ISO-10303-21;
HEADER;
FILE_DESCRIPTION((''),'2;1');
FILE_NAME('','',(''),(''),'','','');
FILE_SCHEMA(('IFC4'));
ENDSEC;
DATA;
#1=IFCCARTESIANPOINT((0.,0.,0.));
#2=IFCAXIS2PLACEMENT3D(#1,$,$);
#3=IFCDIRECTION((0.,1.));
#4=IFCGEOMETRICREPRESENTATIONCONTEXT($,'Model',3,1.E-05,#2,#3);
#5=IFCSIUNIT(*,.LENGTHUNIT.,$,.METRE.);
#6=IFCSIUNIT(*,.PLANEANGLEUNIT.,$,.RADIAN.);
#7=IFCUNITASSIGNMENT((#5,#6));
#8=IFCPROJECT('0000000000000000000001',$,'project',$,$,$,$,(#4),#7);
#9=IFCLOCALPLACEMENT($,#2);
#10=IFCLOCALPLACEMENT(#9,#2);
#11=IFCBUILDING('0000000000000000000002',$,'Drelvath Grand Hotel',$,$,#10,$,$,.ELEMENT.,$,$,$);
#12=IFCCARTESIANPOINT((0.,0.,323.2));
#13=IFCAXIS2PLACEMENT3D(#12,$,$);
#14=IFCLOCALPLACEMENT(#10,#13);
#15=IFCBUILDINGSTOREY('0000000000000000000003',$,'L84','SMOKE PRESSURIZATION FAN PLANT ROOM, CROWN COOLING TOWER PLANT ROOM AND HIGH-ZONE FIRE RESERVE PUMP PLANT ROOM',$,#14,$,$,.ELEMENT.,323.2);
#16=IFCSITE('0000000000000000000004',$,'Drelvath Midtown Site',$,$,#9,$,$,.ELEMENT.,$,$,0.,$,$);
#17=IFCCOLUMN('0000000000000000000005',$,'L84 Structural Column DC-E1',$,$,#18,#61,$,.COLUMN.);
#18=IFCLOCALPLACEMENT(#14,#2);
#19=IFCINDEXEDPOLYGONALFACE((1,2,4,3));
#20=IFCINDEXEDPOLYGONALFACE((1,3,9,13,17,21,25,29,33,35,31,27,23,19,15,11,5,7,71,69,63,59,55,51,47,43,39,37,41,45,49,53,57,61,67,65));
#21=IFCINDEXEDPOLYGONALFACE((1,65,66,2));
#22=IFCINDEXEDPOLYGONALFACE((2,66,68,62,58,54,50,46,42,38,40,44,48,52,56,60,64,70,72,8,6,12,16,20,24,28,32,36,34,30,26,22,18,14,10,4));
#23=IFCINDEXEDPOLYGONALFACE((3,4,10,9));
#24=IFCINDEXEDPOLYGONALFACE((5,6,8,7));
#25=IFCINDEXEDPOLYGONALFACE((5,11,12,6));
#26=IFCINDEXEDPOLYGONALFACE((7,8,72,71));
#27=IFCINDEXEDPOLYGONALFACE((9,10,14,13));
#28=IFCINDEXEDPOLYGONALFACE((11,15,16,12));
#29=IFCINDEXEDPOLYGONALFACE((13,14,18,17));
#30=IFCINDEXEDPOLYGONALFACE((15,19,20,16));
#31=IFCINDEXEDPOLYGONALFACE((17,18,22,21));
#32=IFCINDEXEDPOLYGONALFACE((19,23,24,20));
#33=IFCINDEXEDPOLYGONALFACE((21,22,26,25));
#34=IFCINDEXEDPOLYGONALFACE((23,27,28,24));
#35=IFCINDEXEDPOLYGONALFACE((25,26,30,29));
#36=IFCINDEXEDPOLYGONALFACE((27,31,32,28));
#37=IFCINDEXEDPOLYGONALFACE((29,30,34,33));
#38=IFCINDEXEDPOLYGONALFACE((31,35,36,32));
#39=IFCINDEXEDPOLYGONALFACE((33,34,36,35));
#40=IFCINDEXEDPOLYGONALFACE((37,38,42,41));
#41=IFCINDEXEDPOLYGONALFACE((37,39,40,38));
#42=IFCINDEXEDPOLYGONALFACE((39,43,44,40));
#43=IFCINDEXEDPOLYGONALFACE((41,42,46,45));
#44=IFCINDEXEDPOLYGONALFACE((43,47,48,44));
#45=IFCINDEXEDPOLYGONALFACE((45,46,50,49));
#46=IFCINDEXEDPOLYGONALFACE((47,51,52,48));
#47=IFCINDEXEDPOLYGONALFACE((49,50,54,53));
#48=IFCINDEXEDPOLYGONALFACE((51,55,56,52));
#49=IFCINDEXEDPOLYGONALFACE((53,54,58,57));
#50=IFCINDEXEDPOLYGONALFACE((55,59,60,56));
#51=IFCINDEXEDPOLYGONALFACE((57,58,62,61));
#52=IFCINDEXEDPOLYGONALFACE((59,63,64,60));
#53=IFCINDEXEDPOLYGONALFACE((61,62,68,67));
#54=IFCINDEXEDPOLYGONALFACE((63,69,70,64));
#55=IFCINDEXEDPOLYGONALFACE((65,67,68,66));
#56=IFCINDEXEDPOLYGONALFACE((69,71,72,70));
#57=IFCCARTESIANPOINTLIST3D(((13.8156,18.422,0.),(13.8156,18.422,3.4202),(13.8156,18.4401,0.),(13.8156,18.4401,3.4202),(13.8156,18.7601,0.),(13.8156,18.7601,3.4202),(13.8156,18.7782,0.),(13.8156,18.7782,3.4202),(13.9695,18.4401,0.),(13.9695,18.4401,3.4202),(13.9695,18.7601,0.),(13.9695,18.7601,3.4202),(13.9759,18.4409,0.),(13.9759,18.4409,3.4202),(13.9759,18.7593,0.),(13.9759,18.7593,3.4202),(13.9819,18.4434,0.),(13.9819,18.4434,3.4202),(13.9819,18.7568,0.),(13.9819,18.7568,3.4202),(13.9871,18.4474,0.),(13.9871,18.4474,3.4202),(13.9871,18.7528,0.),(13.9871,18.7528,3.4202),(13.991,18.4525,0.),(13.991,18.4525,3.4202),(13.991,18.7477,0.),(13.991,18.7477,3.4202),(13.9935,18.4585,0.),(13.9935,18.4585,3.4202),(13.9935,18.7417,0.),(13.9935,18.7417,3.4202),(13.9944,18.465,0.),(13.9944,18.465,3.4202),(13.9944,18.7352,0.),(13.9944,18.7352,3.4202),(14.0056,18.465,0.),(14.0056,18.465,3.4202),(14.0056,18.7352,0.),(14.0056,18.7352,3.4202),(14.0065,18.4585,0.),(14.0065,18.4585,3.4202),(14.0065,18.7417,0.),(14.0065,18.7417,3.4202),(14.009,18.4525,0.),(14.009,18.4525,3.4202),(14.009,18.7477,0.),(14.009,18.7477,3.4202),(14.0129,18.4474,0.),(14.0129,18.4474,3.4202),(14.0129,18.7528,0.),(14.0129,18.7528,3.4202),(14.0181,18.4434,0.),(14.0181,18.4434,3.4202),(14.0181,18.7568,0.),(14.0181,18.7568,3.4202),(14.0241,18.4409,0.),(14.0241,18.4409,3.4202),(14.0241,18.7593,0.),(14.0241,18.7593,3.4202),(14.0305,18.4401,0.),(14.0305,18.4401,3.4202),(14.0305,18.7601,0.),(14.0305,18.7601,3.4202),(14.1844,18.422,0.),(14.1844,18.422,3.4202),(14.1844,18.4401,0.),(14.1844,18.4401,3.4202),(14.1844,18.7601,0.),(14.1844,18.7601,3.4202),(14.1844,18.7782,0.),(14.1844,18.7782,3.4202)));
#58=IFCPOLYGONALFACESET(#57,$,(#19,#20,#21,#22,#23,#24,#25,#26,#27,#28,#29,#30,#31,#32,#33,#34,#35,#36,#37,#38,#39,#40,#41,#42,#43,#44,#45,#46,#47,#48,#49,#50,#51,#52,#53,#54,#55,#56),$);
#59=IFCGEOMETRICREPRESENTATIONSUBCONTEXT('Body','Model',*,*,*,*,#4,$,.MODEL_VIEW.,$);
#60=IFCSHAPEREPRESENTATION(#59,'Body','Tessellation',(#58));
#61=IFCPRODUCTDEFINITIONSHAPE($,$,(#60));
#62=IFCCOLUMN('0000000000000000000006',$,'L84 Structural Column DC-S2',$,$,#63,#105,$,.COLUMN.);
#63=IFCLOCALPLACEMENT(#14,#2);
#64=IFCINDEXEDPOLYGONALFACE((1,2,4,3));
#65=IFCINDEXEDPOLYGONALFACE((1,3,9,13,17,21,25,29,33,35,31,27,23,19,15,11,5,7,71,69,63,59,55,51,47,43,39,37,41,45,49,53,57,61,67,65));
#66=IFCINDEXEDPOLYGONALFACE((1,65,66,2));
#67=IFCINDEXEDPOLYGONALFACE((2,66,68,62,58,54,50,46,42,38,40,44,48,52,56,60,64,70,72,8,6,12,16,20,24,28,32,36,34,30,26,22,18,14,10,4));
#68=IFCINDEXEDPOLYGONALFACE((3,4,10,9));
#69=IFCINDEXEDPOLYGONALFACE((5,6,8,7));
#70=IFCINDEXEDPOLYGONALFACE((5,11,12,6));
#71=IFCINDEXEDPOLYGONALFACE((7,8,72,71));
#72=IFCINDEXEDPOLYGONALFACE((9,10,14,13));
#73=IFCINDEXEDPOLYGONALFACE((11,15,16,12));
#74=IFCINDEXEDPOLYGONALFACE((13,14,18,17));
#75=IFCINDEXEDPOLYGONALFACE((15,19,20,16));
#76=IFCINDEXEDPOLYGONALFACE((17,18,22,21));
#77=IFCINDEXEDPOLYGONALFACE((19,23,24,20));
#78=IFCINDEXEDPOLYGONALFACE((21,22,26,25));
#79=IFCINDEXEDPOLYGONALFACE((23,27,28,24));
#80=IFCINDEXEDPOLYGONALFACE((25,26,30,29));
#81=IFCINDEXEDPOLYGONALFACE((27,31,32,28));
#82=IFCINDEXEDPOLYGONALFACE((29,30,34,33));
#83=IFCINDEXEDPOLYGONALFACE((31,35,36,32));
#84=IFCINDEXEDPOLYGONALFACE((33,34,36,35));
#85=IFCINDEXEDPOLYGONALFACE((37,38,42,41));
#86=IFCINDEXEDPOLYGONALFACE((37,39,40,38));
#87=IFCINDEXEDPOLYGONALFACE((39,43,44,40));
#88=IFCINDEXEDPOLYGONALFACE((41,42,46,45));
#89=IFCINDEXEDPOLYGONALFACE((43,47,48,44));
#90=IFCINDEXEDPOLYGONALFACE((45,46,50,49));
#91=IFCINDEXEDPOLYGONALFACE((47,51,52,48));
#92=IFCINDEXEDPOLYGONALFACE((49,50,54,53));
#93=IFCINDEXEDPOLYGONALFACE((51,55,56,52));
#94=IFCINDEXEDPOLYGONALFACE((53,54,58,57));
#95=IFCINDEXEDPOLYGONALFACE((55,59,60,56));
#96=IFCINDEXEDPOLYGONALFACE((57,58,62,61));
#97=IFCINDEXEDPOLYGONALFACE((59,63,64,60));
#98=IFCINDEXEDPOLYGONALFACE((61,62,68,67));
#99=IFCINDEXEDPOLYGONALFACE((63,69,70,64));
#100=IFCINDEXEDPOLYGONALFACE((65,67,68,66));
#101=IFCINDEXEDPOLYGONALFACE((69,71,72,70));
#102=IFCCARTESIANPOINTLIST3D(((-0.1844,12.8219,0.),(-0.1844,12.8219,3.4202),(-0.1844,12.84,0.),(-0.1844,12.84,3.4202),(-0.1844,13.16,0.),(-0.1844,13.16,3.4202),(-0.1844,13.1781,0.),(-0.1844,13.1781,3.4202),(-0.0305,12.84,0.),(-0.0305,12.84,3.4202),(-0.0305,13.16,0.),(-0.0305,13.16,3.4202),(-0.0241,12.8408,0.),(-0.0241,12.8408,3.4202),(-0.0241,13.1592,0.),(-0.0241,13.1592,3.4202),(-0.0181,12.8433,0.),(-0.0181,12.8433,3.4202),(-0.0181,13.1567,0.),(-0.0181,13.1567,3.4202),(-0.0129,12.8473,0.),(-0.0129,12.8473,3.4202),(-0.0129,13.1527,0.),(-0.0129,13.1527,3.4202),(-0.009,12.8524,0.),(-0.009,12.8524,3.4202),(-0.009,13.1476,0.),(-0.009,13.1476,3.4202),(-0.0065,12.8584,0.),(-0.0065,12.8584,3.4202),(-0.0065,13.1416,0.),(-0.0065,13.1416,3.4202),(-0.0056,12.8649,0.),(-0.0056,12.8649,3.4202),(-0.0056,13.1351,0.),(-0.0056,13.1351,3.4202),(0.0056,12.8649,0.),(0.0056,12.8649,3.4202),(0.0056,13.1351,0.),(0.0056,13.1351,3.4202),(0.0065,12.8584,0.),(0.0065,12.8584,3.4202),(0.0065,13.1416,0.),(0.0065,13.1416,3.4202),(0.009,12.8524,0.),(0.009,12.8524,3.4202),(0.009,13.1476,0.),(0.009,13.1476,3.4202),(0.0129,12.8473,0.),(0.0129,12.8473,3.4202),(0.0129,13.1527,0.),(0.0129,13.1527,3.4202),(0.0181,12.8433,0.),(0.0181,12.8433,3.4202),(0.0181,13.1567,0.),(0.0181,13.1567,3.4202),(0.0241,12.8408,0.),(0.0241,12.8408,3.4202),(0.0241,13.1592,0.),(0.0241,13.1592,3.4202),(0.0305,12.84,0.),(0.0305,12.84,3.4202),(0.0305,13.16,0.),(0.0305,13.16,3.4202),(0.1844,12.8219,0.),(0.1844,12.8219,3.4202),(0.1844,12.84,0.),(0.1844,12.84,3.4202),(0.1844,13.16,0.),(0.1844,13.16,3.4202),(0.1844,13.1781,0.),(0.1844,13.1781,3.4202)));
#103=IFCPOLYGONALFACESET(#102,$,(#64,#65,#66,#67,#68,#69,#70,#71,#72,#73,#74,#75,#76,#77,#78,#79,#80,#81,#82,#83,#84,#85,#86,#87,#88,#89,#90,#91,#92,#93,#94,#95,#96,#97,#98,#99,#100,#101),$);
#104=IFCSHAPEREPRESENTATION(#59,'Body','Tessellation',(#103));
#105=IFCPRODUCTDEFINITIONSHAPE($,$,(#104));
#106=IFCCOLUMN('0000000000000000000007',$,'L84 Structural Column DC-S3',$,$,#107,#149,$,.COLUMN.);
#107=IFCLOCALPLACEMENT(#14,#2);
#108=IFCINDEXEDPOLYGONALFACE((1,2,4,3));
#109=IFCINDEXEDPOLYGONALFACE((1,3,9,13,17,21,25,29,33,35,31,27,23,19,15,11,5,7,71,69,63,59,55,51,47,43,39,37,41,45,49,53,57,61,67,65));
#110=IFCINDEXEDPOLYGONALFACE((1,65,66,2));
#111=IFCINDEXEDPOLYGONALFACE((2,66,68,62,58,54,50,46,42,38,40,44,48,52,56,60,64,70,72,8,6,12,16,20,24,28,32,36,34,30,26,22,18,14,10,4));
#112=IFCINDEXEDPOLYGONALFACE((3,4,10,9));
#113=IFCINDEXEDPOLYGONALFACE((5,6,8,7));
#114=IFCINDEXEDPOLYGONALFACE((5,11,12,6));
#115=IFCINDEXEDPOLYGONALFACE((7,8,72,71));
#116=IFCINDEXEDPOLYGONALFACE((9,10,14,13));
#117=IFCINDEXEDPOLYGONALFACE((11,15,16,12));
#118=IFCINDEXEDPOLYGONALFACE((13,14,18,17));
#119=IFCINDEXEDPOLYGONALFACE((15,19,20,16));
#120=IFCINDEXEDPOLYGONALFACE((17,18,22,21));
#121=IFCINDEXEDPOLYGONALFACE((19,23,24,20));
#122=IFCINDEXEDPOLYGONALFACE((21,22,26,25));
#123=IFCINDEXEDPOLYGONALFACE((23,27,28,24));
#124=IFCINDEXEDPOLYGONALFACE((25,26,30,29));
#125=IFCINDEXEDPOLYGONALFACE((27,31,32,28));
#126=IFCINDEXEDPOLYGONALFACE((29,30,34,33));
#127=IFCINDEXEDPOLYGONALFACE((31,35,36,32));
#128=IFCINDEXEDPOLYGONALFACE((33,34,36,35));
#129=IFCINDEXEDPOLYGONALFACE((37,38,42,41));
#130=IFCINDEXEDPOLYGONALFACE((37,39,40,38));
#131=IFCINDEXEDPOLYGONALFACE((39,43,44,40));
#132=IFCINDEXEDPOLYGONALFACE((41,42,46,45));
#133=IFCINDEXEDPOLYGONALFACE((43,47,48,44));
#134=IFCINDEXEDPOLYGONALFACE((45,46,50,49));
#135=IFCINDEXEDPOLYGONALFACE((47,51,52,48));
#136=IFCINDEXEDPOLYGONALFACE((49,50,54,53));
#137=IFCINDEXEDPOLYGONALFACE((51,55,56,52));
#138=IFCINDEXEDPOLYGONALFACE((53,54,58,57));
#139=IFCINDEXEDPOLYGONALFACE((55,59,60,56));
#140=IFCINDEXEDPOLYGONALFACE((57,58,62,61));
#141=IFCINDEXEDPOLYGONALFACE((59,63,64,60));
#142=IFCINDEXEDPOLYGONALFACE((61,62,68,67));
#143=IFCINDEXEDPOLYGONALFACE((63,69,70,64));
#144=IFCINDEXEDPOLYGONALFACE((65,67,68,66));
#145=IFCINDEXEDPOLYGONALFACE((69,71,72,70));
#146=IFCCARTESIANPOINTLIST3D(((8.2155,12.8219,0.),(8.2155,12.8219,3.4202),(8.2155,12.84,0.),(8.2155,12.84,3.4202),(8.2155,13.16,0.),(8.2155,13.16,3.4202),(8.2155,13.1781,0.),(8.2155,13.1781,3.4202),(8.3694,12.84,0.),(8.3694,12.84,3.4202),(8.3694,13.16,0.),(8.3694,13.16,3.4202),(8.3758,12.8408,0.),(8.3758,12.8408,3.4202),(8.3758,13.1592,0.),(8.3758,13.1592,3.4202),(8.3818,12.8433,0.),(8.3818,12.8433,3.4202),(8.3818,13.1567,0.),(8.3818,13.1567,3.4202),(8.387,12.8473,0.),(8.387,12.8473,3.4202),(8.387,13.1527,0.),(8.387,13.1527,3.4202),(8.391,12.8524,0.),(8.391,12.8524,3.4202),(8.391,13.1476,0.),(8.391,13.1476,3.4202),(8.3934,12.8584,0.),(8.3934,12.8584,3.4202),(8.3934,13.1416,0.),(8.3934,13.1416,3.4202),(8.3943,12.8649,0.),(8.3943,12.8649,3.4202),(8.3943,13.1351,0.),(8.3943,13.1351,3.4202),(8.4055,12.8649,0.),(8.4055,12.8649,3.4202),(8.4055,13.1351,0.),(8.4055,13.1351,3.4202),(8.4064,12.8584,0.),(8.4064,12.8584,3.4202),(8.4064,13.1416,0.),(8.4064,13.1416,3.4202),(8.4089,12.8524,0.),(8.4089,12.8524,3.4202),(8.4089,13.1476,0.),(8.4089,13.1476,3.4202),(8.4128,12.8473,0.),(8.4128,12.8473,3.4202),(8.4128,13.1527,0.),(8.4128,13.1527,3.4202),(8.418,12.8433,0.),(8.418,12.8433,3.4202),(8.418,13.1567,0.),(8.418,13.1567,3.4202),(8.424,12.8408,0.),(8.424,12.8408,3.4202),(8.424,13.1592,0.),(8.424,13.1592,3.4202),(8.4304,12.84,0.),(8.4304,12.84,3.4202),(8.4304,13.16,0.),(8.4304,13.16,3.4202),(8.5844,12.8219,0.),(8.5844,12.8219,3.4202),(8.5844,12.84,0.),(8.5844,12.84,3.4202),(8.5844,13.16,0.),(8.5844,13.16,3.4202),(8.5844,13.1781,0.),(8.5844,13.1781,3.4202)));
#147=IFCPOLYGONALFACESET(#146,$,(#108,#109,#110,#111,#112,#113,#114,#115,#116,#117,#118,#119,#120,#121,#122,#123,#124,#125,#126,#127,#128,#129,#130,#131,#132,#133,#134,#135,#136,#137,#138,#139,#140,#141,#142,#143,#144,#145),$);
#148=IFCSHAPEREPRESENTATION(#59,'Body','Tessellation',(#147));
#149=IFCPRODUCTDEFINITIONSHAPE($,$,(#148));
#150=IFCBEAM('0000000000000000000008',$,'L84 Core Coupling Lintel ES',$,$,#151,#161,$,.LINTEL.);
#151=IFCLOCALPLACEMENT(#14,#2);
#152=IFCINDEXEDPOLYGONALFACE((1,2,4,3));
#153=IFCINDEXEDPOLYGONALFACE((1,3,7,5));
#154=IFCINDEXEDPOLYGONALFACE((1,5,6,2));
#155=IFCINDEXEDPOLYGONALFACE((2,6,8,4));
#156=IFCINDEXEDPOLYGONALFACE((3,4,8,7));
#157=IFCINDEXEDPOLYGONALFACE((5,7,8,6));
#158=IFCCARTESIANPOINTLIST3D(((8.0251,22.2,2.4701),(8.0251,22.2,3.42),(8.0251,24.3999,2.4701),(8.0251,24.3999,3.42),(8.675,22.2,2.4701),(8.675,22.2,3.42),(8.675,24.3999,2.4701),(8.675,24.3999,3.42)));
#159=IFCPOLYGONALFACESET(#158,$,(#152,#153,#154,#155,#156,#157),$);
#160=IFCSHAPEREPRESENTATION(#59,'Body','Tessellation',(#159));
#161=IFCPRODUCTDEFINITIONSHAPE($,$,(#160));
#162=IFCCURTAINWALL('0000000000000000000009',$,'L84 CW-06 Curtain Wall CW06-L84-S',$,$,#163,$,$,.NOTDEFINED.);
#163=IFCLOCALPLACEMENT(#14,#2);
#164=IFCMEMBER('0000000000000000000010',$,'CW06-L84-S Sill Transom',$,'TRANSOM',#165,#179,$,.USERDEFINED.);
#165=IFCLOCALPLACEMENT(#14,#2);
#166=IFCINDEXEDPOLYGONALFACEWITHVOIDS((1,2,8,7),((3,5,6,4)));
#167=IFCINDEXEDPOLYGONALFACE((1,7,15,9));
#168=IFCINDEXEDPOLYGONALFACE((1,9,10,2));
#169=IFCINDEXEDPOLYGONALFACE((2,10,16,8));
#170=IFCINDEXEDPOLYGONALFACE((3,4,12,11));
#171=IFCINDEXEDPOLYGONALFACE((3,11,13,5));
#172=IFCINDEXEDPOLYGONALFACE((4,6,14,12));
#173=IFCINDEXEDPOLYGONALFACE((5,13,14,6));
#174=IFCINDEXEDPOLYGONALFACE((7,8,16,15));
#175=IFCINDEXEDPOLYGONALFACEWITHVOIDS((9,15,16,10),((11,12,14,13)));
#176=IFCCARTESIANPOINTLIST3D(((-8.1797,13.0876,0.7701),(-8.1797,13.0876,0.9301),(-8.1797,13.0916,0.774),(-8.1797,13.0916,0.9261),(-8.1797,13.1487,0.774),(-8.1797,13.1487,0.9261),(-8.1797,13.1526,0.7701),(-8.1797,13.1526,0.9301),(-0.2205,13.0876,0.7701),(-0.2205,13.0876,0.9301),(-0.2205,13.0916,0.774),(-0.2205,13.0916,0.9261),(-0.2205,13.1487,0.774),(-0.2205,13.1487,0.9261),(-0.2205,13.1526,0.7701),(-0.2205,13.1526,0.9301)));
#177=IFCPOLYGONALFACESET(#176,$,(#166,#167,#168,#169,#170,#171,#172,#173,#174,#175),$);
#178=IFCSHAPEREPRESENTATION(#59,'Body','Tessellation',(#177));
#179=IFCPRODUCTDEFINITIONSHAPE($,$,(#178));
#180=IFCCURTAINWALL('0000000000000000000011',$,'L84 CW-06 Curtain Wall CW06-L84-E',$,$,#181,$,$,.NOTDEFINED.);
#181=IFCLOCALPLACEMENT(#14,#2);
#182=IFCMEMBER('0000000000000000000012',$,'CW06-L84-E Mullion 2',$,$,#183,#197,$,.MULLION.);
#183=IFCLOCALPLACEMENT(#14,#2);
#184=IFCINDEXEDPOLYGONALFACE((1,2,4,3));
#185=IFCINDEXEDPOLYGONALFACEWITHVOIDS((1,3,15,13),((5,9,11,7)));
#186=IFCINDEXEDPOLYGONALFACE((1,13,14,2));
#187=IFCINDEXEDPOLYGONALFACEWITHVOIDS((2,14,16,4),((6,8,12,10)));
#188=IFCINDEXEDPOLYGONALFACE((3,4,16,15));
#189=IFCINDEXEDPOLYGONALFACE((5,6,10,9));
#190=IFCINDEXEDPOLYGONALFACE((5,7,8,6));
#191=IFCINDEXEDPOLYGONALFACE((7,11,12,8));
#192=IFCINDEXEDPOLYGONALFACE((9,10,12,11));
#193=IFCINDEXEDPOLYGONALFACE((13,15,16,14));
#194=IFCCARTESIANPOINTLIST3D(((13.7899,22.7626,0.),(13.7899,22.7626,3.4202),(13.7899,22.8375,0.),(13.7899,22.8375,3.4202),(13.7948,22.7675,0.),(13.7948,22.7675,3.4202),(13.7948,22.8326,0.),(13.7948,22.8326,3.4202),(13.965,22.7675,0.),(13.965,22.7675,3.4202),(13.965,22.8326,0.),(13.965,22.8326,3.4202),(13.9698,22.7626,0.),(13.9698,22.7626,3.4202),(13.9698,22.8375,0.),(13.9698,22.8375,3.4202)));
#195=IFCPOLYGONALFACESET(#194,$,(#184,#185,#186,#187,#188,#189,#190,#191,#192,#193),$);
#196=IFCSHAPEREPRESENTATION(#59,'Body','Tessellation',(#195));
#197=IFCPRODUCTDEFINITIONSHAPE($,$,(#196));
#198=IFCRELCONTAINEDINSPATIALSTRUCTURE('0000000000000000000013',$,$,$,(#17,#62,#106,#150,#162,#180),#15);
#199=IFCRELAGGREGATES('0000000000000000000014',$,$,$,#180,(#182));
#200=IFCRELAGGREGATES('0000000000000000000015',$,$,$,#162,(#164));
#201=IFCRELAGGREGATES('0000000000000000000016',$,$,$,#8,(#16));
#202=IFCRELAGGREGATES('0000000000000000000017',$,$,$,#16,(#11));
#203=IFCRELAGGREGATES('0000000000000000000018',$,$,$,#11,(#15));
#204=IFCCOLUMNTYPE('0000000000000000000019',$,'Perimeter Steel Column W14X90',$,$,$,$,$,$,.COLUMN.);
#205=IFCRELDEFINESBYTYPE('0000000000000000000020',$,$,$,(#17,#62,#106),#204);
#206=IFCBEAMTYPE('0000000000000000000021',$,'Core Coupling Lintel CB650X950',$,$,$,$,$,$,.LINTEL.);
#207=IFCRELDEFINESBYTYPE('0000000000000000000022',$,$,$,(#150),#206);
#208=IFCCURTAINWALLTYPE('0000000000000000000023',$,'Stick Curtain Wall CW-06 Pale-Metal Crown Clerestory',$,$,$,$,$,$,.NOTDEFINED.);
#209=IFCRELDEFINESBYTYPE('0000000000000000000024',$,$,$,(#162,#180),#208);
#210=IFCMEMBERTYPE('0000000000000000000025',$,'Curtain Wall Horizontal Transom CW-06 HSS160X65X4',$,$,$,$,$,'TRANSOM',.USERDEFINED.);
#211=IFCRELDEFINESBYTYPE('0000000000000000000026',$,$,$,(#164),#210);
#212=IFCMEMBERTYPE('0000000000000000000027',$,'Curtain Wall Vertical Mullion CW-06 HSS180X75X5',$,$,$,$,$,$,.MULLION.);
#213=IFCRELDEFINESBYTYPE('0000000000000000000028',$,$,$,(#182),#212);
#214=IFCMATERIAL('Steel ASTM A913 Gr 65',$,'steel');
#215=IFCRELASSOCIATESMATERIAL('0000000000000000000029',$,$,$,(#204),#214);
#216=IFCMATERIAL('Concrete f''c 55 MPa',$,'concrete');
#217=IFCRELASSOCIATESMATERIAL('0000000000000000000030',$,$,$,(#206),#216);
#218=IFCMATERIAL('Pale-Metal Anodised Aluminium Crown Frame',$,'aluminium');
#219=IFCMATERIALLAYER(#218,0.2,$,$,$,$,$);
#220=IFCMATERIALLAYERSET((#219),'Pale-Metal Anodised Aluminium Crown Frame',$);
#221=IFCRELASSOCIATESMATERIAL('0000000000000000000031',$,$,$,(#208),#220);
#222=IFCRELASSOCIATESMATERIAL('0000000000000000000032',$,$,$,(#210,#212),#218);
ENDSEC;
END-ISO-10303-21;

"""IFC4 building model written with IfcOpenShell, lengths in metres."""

from ifc_helpers import new_model, si_unit, direction, frame, origin, origin_2d, place, context, subcontext, project, spatial, rectangle, hollow_rectangle, i_section, extrude, material, layer, layer_set, material_profile, profile_set, type_object, element, aggregate, save


model = new_model("IFC4")

# Units and contexts
model_context = context("Model", 3, precision=1e-05, world=origin(), true_north=direction((0.0, 1.0)))
body_context = subcontext(model_context, "Body", "Model", "MODEL_VIEW")
ifc_project = project(units=[si_unit("LENGTHUNIT", "METRE"), si_unit("PLANEANGLEUNIT", "RADIAN")], contexts=[model_context])

# Site, building, storey
site_placement = place(None, origin())
site = spatial("IfcSite", under=ifc_project, at=site_placement, Name="Drelvath Midtown Site", CompositionType="ELEMENT", RefElevation=0.0)
building_placement = place(site_placement, origin())
building = spatial("IfcBuilding", under=site, at=building_placement, Name="Drelvath Grand Hotel", CompositionType="ELEMENT")
storey_placement = place(building_placement, frame((0.0, 0.0, 323.2)))
storey = spatial("IfcBuildingStorey", under=building, at=storey_placement, Name="L84", Description="SMOKE PRESSURIZATION FAN PLANT ROOM, CROWN COOLING TOWER PLANT ROOM AND HIGH-ZONE FIRE RESERVE PUMP PLANT ROOM", CompositionType="ELEMENT", Elevation=323.2)

# Columns
ifc_material_1 = material(Name="Steel ASTM A913 Gr 65", Category="steel")
ifc_material_profile_1 = material_profile(ifc_material_1, i_section(OverallWidth=0.3689, OverallDepth=0.3562, WebThickness=0.0112, FlangeThickness=0.0181, FilletRadius=0.0249, at=origin_2d()), Name="W14X90")
ifc_profile_set_1 = profile_set([ifc_material_profile_1], Name="Steel ASTM A913 Gr 65")
column_type = type_object("IfcColumnType", Name="Perimeter Steel Column W14X90", PredefinedType="COLUMN", material=ifc_profile_set_1)
for number, where, z_axis, x_axis, name in (
    (1, (14.0, 18.6001, 0.0), (0.0, 0.0, 1.0), (1.0, 0.0, 0.0), "L84 Structural Column DC-E1"),
    (2, (0.0, 13.0, 0.0), (0.0, 0.0, 1.0), (1.0, 0.0, 0.0), "L84 Structural Column DC-S2"),
    (3, (8.3999, 13.0, 0.0), (0.0, 0.0, 1.0), (1.0, 0.0, 0.0), "L84 Structural Column DC-S3"),
):
    element("IfcColumn", number, at=place(storey_placement, frame(where, z_axis=z_axis, x_axis=x_axis)), inside=storey, type_object=column_type, Name=name, PredefinedType="COLUMN", context=body_context, shape_type="SweptSolid", body=[
        extrude(i_section(OverallWidth=0.3689, OverallDepth=0.3562, WebThickness=0.0112, FlangeThickness=0.0181, FilletRadius=0.0249, at=origin_2d()), origin(), (0.0, 0.0, 1.0), 3.4202),
    ])

# Beam
ifc_material_2 = material(Name="Concrete f'c 55 MPa", Category="concrete")
ifc_material_profile_2 = material_profile(ifc_material_2, rectangle(XDim=0.6499, YDim=0.95, at=origin_2d()), Name="CB650X950")
ifc_profile_set_2 = profile_set([ifc_material_profile_2], Name="Concrete f'c 55 MPa")
beam_type_1 = type_object("IfcBeamType", Name="Core Coupling Lintel CB650X950", PredefinedType="LINTEL", material=ifc_profile_set_2)
beam_placement = place(storey_placement, frame((8.3501, 22.2, 2.9451), z_axis=(0.0, 1.0, 0.0), x_axis=(-1.0, 0.0, 0.0)))
element("IfcBeam", 4, at=beam_placement, inside=storey, type_object=beam_type_1, Name="L84 Core Coupling Lintel ES", PredefinedType="LINTEL", context=body_context, shape_type="SweptSolid", body=[
    extrude(rectangle(XDim=0.6499, YDim=0.95, at=origin_2d()), origin(), (0.0, 0.0, 1.0), 2.2),
])

# Curtain wall, member
ifc_material_3 = material(Name="Pale-Metal Anodised Aluminium Crown Frame", Category="aluminium")
ifc_layer_1 = layer(ifc_material_3, 0.2)
ifc_layer_set_1 = layer_set([ifc_layer_1], Name="Pale-Metal Anodised Aluminium Crown Frame")
curtain_wall_type = type_object("IfcCurtainWallType", Name="Stick Curtain Wall CW-06 Pale-Metal Crown Clerestory", PredefinedType="NOTDEFINED", material=ifc_layer_set_1)
curtain_wall_1_placement = place(storey_placement, origin())
curtain_wall_1 = element("IfcCurtainWall", 5, at=curtain_wall_1_placement, inside=storey, type_object=curtain_wall_type, Name="L84 CW-06 Curtain Wall CW06-L84-S", PredefinedType="NOTDEFINED")
ifc_material_profile_3 = material_profile(ifc_material_3, hollow_rectangle(XDim=0.0649, YDim=0.1599, WallThickness=0.0039, at=origin_2d()), Name="HSS160X65X4")
ifc_profile_set_3 = profile_set([ifc_material_profile_3], Name="Pale-Metal Anodised Aluminium Crown Frame")
member_type_1 = type_object("IfcMemberType", Name="Curtain Wall Horizontal Transom CW-06 HSS160X65X4", ElementType="TRANSOM", PredefinedType="USERDEFINED", material=ifc_profile_set_3)
member_1_placement = place(storey_placement, frame((-0.2205, 13.1201, 0.8501), z_axis=(-1.0, 0.0, 0.0), x_axis=(0.0, -1.0, 0.0)))
member_1 = element("IfcMember", 6, at=member_1_placement, type_object=member_type_1, Name="CW06-L84-S Sill Transom", ObjectType="TRANSOM", PredefinedType="USERDEFINED", context=body_context, shape_type="SweptSolid", body=[
    extrude(hollow_rectangle(XDim=0.0649, YDim=0.1599, WallThickness=0.0039, at=origin_2d()), origin(), (0.0, 0.0, 1.0), 7.9592),
])

# Curtain wall, member
curtain_wall_2_placement = place(storey_placement, origin())
curtain_wall_2 = element("IfcCurtainWall", 7, at=curtain_wall_2_placement, inside=storey, type_object=curtain_wall_type, Name="L84 CW-06 Curtain Wall CW06-L84-E", PredefinedType="NOTDEFINED")
ifc_material_profile_4 = material_profile(ifc_material_3, hollow_rectangle(XDim=0.075, YDim=0.1799, WallThickness=0.0049, at=origin_2d()), Name="HSS180X75X5")
ifc_profile_set_4 = profile_set([ifc_material_profile_4], Name="Pale-Metal Anodised Aluminium Crown Frame")
member_type_2 = type_object("IfcMemberType", Name="Curtain Wall Vertical Mullion CW-06 HSS180X75X5", PredefinedType="MULLION", material=ifc_profile_set_4)
member_2_placement = place(storey_placement, frame((13.8799, 22.8, 0.0), z_axis=(0.0, 0.0, 1.0), x_axis=(0.0, 1.0, 0.0)))
member_2 = element("IfcMember", 8, at=member_2_placement, type_object=member_type_2, Name="CW06-L84-E Mullion 2", PredefinedType="MULLION", context=body_context, shape_type="SweptSolid", body=[
    extrude(hollow_rectangle(XDim=0.075, YDim=0.1799, WallThickness=0.0049, at=origin_2d()), origin(), (0.0, 0.0, 1.0), 3.4202),
])

aggregate(curtain_wall_2, [member_2])
aggregate(curtain_wall_1, [member_1])

save(model, "model.ifc")
